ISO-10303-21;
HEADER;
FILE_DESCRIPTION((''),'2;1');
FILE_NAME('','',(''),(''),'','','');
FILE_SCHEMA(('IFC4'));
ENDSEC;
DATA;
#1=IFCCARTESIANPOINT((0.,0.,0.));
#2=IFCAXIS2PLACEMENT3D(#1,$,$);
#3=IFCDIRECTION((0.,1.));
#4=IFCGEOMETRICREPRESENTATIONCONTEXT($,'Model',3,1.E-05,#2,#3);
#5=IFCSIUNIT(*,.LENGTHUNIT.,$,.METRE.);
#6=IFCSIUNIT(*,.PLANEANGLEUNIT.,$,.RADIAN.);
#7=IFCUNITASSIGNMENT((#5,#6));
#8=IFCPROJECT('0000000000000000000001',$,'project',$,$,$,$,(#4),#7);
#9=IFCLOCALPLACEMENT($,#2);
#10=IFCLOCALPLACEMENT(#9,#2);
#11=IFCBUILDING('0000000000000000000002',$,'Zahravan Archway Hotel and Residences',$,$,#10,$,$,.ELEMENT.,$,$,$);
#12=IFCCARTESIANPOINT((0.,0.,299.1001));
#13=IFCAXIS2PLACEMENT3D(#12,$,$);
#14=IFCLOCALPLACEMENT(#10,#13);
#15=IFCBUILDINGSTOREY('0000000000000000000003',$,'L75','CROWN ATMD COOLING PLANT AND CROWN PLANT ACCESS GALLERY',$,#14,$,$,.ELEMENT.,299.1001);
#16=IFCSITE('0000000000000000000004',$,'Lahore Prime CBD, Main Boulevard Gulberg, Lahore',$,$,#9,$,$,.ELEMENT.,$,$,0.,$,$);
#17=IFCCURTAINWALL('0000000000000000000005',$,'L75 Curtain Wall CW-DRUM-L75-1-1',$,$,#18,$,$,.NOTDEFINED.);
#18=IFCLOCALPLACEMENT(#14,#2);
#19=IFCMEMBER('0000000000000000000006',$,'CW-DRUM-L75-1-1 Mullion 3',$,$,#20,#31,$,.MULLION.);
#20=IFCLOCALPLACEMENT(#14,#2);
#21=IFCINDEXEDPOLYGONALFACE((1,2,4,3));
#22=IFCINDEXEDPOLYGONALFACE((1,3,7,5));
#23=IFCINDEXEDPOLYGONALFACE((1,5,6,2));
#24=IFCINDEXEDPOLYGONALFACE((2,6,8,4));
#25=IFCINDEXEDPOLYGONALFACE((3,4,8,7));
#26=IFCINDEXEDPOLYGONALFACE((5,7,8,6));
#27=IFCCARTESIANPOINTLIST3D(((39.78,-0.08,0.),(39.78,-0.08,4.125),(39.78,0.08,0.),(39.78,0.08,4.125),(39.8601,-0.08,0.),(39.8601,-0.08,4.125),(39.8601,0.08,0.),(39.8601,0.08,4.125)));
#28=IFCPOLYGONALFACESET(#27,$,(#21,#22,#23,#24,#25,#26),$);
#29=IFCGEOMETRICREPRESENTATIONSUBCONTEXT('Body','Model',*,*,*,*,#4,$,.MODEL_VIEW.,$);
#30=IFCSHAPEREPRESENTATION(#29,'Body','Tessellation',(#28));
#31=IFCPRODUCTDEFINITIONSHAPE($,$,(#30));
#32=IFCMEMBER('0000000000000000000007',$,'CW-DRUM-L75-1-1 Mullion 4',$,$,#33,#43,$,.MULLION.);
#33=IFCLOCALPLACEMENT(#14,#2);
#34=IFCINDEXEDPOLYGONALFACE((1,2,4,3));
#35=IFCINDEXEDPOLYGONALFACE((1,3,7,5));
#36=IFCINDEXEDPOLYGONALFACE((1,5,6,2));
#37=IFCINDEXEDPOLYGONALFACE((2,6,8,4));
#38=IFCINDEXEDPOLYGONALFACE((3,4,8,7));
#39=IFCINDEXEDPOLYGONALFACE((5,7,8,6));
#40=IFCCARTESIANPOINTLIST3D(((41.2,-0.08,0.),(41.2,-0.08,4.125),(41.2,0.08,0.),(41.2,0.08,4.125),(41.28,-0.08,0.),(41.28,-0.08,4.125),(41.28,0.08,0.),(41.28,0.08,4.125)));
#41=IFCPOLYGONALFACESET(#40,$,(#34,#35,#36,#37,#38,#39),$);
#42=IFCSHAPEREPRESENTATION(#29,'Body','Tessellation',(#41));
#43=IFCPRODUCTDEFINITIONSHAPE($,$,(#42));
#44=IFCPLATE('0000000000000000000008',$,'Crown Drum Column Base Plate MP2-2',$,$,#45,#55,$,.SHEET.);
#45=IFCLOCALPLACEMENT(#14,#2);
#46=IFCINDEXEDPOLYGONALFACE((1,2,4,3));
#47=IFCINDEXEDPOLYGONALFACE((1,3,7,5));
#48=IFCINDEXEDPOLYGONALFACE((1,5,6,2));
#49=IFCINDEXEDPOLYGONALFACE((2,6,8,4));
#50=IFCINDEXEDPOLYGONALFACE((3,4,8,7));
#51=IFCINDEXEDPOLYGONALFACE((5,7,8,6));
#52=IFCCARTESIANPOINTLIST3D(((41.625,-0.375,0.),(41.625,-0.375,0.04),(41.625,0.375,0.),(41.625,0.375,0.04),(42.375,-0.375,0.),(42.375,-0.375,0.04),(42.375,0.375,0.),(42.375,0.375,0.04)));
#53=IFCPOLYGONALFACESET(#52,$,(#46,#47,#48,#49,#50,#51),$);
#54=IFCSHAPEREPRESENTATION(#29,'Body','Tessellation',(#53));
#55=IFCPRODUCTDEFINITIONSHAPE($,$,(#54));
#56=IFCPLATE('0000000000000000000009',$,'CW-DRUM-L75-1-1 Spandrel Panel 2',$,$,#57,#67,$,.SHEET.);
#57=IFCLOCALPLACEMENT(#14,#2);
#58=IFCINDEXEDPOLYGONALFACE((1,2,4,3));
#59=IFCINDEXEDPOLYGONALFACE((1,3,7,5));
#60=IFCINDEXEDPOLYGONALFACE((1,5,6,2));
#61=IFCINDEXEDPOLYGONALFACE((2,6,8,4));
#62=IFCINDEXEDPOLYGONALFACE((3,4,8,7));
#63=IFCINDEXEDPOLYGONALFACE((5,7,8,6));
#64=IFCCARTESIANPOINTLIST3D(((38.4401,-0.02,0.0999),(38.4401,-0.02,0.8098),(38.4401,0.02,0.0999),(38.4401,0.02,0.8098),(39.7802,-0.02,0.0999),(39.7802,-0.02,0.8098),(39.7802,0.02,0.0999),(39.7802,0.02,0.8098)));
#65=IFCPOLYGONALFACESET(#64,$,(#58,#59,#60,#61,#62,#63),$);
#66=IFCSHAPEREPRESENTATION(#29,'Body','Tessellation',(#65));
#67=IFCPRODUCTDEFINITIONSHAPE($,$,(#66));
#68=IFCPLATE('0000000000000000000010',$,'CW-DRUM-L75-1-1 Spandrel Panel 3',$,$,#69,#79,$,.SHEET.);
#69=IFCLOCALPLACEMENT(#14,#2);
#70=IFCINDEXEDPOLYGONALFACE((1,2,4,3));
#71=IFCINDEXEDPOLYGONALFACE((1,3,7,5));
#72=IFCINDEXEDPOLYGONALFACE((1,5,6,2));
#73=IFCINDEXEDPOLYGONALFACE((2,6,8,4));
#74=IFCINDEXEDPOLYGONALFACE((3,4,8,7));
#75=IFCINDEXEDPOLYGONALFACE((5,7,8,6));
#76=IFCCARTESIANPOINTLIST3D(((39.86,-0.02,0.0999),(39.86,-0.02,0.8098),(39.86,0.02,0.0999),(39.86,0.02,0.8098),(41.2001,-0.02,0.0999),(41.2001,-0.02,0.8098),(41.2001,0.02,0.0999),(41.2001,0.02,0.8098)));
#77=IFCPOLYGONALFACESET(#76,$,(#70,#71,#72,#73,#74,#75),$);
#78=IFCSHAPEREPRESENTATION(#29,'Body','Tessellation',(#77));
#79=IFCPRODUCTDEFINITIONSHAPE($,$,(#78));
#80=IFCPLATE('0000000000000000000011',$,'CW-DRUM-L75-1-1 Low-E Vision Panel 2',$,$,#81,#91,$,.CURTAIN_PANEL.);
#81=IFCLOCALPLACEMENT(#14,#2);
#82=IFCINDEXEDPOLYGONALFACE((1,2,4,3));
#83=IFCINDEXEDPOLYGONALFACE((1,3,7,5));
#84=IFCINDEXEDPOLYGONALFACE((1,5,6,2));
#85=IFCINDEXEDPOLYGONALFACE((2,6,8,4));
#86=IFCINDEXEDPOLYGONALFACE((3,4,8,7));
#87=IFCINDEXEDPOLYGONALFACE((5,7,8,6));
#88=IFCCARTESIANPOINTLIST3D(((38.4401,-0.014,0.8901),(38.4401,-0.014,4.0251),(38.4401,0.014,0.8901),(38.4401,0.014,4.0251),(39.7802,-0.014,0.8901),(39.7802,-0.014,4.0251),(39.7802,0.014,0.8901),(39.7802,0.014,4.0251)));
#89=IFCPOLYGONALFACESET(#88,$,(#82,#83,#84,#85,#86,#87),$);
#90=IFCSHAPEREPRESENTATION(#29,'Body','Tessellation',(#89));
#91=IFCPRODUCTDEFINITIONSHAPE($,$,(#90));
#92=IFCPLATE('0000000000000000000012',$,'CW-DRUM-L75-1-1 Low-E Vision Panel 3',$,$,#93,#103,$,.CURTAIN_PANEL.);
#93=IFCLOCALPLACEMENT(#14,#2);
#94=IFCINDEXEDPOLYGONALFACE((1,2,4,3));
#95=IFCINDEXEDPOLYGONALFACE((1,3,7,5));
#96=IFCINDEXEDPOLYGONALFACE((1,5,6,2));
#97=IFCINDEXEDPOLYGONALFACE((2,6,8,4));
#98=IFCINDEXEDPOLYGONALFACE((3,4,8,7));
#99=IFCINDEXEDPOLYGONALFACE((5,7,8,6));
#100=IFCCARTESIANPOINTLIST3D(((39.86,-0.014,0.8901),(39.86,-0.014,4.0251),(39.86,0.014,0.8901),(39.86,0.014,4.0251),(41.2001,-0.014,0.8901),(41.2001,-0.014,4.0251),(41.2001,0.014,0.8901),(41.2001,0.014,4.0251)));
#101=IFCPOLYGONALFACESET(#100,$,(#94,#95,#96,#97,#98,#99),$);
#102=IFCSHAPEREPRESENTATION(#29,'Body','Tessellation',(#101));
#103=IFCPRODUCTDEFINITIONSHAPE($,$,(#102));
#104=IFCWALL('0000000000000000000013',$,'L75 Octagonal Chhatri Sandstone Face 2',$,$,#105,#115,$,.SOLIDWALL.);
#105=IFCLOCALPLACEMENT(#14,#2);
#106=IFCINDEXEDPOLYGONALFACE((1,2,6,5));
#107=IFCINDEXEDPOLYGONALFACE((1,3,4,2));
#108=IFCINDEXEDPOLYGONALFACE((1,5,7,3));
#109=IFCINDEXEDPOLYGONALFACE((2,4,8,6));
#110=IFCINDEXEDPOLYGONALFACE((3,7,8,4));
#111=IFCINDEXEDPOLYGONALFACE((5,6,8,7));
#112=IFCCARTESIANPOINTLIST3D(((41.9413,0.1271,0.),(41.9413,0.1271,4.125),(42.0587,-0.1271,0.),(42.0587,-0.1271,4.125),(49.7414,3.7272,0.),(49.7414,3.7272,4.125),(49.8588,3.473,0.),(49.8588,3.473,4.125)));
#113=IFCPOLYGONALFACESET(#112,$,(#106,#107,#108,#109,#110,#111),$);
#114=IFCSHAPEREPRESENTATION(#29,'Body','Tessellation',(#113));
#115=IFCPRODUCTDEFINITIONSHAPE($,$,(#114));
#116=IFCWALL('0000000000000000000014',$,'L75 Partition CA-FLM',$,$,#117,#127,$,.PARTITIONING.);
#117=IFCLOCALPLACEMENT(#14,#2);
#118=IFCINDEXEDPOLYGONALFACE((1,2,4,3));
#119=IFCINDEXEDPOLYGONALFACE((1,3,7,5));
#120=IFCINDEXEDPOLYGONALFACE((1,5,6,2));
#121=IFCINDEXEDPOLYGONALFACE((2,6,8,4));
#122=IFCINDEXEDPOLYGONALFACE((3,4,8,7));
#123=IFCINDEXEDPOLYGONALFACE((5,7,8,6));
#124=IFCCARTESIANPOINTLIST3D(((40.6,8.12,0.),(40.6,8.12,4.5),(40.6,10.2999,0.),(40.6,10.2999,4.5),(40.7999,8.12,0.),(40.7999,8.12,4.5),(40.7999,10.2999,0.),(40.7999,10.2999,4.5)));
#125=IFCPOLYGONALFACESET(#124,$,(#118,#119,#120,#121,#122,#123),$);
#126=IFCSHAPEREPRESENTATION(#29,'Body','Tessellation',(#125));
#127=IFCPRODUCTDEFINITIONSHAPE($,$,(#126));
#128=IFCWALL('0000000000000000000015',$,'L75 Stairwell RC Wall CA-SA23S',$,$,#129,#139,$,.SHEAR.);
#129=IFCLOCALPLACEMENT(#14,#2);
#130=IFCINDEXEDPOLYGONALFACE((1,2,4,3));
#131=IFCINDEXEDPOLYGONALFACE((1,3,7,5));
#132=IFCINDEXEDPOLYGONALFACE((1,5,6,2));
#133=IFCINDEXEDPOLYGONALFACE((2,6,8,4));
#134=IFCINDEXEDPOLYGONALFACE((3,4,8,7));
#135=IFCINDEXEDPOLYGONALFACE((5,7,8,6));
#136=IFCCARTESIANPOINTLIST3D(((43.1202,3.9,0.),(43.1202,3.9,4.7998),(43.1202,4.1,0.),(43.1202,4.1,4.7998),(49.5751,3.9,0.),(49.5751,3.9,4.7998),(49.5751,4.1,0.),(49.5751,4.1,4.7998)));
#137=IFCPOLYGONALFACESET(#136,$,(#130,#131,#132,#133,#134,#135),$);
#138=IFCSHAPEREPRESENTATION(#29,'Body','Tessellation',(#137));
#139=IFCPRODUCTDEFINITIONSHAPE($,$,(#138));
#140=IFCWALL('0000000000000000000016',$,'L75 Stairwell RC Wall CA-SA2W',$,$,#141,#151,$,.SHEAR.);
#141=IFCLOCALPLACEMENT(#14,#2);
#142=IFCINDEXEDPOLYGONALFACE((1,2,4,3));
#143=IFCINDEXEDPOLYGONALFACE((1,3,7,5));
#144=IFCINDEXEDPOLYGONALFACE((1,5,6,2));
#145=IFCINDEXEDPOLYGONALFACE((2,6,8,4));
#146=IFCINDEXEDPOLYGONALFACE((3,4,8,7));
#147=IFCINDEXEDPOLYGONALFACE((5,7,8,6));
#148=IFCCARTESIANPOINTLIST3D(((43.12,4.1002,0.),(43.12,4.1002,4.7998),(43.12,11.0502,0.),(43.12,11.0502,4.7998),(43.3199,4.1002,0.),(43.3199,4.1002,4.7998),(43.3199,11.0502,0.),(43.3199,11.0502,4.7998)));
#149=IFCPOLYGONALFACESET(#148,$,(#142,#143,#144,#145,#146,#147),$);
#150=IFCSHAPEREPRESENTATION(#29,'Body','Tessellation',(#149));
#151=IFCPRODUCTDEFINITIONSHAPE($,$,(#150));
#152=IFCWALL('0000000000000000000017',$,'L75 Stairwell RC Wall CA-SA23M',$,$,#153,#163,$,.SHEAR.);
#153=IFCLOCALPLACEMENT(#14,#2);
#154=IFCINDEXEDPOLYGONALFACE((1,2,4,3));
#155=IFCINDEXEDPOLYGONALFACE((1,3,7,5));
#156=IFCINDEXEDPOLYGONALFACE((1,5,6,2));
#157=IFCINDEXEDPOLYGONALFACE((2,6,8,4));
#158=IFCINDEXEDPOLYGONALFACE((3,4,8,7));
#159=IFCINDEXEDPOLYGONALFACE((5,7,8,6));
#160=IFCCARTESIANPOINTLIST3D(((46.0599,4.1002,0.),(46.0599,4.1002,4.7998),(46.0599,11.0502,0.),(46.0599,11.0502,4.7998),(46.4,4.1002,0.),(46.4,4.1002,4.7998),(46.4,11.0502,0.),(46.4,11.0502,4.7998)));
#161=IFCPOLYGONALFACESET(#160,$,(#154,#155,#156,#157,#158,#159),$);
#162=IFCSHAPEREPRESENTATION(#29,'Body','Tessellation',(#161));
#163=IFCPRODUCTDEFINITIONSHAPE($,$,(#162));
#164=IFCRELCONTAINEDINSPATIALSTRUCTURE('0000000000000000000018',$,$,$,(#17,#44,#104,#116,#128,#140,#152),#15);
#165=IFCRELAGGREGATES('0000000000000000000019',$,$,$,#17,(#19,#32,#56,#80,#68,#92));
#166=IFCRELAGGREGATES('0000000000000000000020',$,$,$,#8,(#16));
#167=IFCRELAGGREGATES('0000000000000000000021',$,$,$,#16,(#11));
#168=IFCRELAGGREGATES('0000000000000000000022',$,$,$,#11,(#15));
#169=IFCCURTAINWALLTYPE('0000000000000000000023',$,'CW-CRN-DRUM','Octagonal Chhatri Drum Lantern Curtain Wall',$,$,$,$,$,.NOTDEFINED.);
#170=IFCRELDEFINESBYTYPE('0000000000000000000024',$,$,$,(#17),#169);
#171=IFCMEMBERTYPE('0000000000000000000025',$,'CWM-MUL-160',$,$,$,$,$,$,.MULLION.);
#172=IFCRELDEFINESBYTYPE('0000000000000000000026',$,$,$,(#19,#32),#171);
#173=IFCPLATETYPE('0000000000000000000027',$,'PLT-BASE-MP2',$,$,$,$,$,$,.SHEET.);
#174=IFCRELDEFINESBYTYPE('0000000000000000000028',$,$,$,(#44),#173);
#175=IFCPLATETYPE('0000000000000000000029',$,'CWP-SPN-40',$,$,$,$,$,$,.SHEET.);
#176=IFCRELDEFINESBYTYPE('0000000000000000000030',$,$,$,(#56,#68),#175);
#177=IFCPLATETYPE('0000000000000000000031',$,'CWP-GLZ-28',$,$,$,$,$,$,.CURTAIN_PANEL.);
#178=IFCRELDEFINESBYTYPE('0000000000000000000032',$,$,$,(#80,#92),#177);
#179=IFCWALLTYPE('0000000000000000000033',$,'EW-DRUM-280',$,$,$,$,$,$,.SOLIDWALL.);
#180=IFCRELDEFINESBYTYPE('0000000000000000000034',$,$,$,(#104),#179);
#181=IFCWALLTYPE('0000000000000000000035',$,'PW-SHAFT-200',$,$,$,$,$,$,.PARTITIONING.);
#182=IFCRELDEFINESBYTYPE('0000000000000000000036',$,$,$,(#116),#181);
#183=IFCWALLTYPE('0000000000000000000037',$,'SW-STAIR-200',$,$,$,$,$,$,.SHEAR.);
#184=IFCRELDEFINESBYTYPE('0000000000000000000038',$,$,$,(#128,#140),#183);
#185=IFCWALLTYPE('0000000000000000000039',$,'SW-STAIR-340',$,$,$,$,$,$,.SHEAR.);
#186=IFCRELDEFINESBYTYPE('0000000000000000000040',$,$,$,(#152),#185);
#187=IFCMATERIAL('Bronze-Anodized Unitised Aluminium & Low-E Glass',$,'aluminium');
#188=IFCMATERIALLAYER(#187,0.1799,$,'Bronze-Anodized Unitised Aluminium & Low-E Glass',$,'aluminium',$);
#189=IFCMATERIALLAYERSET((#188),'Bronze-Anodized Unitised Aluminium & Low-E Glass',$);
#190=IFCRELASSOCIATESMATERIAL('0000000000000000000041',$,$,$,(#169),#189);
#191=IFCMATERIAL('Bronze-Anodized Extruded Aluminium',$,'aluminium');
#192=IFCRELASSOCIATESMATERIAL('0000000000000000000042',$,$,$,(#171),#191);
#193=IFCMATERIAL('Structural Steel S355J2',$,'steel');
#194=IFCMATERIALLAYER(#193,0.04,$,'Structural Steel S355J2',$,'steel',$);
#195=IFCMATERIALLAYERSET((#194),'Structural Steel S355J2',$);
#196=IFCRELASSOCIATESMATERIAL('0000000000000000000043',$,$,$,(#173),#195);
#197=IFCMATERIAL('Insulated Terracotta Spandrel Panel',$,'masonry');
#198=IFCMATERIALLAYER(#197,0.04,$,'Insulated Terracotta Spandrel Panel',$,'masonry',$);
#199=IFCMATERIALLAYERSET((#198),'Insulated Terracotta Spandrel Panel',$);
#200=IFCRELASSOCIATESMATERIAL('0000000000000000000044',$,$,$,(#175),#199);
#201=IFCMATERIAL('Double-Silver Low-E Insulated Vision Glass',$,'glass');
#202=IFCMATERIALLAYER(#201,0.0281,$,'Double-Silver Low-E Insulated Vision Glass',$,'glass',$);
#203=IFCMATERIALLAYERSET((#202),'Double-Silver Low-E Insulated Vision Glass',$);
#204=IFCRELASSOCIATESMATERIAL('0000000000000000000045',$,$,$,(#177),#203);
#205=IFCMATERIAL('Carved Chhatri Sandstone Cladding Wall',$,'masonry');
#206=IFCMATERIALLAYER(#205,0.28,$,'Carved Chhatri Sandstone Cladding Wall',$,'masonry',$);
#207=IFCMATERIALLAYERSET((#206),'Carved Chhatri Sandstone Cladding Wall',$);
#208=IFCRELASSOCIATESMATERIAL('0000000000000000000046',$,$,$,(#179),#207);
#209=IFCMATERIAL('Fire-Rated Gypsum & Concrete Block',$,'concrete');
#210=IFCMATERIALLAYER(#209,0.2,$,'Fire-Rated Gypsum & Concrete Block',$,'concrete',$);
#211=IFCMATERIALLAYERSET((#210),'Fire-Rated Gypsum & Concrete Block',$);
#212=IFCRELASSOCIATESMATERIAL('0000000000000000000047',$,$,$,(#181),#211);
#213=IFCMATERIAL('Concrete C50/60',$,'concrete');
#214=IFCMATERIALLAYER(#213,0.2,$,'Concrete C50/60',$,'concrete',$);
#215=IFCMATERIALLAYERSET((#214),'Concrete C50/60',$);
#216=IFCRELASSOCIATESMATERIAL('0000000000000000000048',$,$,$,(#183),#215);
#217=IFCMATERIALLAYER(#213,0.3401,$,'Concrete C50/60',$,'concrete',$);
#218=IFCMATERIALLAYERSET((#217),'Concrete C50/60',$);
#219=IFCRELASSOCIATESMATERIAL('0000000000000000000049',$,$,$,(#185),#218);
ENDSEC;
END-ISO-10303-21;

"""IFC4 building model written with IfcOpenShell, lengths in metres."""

from ifc_helpers import new_model, si_unit, direction, frame, frame_2d, origin, origin_2d, place, context, subcontext, project, spatial, rectangle, extrude, source, transform, mapped, material, layer, layer_set, material_profile, profile_set, type_object, type_shapes, element, aggregate, save


model = new_model("IFC4")

# Units and contexts
model_context = context("Model", 3, precision=1e-05, world=origin(), true_north=direction((0.0, 1.0)))
body_context = subcontext(model_context, "Body", "Model", "MODEL_VIEW")
ifc_project = project(units=[si_unit("LENGTHUNIT", "METRE"), si_unit("PLANEANGLEUNIT", "RADIAN")], contexts=[model_context])

# Site, building, storey
site_placement = place(None, origin())
site = spatial("IfcSite", under=ifc_project, at=site_placement, Name="Lahore Prime CBD, Main Boulevard Gulberg, Lahore", CompositionType="ELEMENT", RefElevation=0.0)
building_placement = place(site_placement, origin())
building = spatial("IfcBuilding", under=site, at=building_placement, Name="Zahravan Archway Hotel and Residences", CompositionType="ELEMENT")
storey_placement = place(building_placement, frame((0.0, 0.0, 299.1001)))
storey = spatial("IfcBuildingStorey", under=building, at=storey_placement, Name="L75", Description="CROWN ATMD COOLING PLANT AND CROWN PLANT ACCESS GALLERY", CompositionType="ELEMENT", Elevation=299.1001)

# Shared definitions
ifc_material_1 = material(Name="Structural Steel S355J2", Category="steel")

# Curtain wall, members
ifc_material_2 = material(Name="Bronze-Anodized Unitised Aluminium & Low-E Glass", Category="aluminium")
ifc_layer_1 = layer(ifc_material_2, 0.1799, Name="Bronze-Anodized Unitised Aluminium & Low-E Glass", Category="aluminium")
ifc_layer_set_1 = layer_set([ifc_layer_1], Name="Bronze-Anodized Unitised Aluminium & Low-E Glass")
curtain_wall_type = type_object("IfcCurtainWallType", Name="CW-CRN-DRUM", Description="Octagonal Chhatri Drum Lantern Curtain Wall", PredefinedType="NOTDEFINED", material=ifc_layer_set_1)
curtain_wall_placement = place(storey_placement, origin())
curtain_wall = element("IfcCurtainWall", 1, at=curtain_wall_placement, inside=storey, type_object=curtain_wall_type, Name="L75 Curtain Wall CW-DRUM-L75-1-1", PredefinedType="NOTDEFINED")
ifc_material_3 = material(Name="Bronze-Anodized Extruded Aluminium", Category="aluminium")
ifc_material_profile_1 = material_profile(ifc_material_3, rectangle(XDim=0.0801, YDim=0.1599, at=origin_2d()), Name="MUL 80x160", Category="aluminium")
ifc_profile_set_1 = profile_set([ifc_material_profile_1], Name="Bronze-Anodized Extruded Aluminium")
member_type_1 = type_object("IfcMemberType", Name="CWM-MUL-160", PredefinedType="MULLION", material=ifc_profile_set_1)
shared_shape_1 = source(origin(), body_context, "Body", "SweptSolid", [
    extrude(rectangle(XDim=0.0801, YDim=0.1599, at=origin_2d()), origin(), (0.0, 0.0, 1.0), 4.125),
])
member_1_placement = place(storey_placement, frame((39.8201, 0.0, 0.0), z_axis=(0.0, 0.0, 1.0), x_axis=(1.0, 0.0, 0.0)))
member_1 = element("IfcMember", 2, at=member_1_placement, type_object=member_type_1, Name="CW-DRUM-L75-1-1 Mullion 3", PredefinedType="MULLION", context=body_context, shape_type="MappedRepresentation", body=[
    mapped(shared_shape_1, transform((0.0, 0.0, 0.0), scale=1.0)),
])
member_2_placement = place(storey_placement, frame((41.24, 0.0, 0.0), z_axis=(0.0, 0.0, 1.0), x_axis=(1.0, 0.0, 0.0)))
member_2 = element("IfcMember", 3, at=member_2_placement, type_object=member_type_1, Name="CW-DRUM-L75-1-1 Mullion 4", PredefinedType="MULLION", context=body_context, shape_type="MappedRepresentation", body=[
    mapped(shared_shape_1, transform((0.0, 0.0, 0.0), scale=1.0)),
])

# Plates
ifc_layer_2 = layer(ifc_material_1, 0.04, Name="Structural Steel S355J2", Category="steel")
ifc_layer_set_2 = layer_set([ifc_layer_2], Name="Structural Steel S355J2")
plate_type_1 = type_object("IfcPlateType", Name="PLT-BASE-MP2", PredefinedType="SHEET", material=ifc_layer_set_2)
shared_shape_2 = source(origin(), body_context, "Body", "SweptSolid", [
    extrude(rectangle(XDim=0.75, YDim=0.75, at=origin_2d()), origin(), (0.0, 0.0, 1.0), 0.04),
])
type_shapes(plate_type_1, [shared_shape_2])
plate_1_placement = place(storey_placement, frame((42.0, 0.0, 0.0), z_axis=(0.0, 0.0, 1.0), x_axis=(1.0, 0.0, 0.0)))
element("IfcPlate", 4, at=plate_1_placement, inside=storey, type_object=plate_type_1, Name="Crown Drum Column Base Plate MP2-2", PredefinedType="SHEET", context=body_context, shape_type="MappedRepresentation", body=[
    mapped(shared_shape_2, transform((0.0, 0.0, 0.0), scale=1.0)),
])
ifc_material_4 = material(Name="Insulated Terracotta Spandrel Panel", Category="masonry")
ifc_layer_3 = layer(ifc_material_4, 0.04, Name="Insulated Terracotta Spandrel Panel", Category="masonry")
ifc_layer_set_3 = layer_set([ifc_layer_3], Name="Insulated Terracotta Spandrel Panel")
plate_type_2 = type_object("IfcPlateType", Name="CWP-SPN-40", PredefinedType="SHEET", material=ifc_layer_set_3)
shared_shape_3 = source(origin(), body_context, "Body", "SweptSolid", [
    extrude(rectangle(XDim=1.3401, YDim=0.04, at=origin_2d()), origin(), (0.0, 0.0, 1.0), 0.71),
])
plate_2_placement = place(storey_placement, frame((39.1101, 0.0, 0.0999), z_axis=(0.0, 0.0, 1.0), x_axis=(1.0, 0.0, 0.0)))
plate_2 = element("IfcPlate", 5, at=plate_2_placement, type_object=plate_type_2, Name="CW-DRUM-L75-1-1 Spandrel Panel 2", PredefinedType="SHEET", context=body_context, shape_type="MappedRepresentation", body=[
    mapped(shared_shape_3, transform((0.0, 0.0, 0.0), scale=1.0)),
])
plate_3_placement = place(storey_placement, frame((40.53, 0.0, 0.0999), z_axis=(0.0, 0.0, 1.0), x_axis=(1.0, 0.0, 0.0)))
plate_3 = element("IfcPlate", 6, at=plate_3_placement, type_object=plate_type_2, Name="CW-DRUM-L75-1-1 Spandrel Panel 3", PredefinedType="SHEET", context=body_context, shape_type="MappedRepresentation", body=[
    mapped(shared_shape_3, transform((0.0, 0.0, 0.0), scale=1.0)),
])
ifc_material_5 = material(Name="Double-Silver Low-E Insulated Vision Glass", Category="glass")
ifc_layer_4 = layer(ifc_material_5, 0.0281, Name="Double-Silver Low-E Insulated Vision Glass", Category="glass")
ifc_layer_set_4 = layer_set([ifc_layer_4], Name="Double-Silver Low-E Insulated Vision Glass")
plate_type_3 = type_object("IfcPlateType", Name="CWP-GLZ-28", PredefinedType="CURTAIN_PANEL", material=ifc_layer_set_4)
shared_shape_4 = source(origin(), body_context, "Body", "SweptSolid", [
    extrude(rectangle(XDim=1.3401, YDim=0.0281, at=origin_2d()), origin(), (0.0, 0.0, 1.0), 3.135),
])
plate_4_placement = place(storey_placement, frame((39.1101, 0.0, 0.8901), z_axis=(0.0, 0.0, 1.0), x_axis=(1.0, 0.0, 0.0)))
plate_4 = element("IfcPlate", 7, at=plate_4_placement, type_object=plate_type_3, Name="CW-DRUM-L75-1-1 Low-E Vision Panel 2", PredefinedType="CURTAIN_PANEL", context=body_context, shape_type="MappedRepresentation", body=[
    mapped(shared_shape_4, transform((0.0, 0.0, 0.0), scale=1.0)),
])
plate_5_placement = place(storey_placement, frame((40.53, 0.0, 0.8901), z_axis=(0.0, 0.0, 1.0), x_axis=(1.0, 0.0, 0.0)))
plate_5 = element("IfcPlate", 8, at=plate_5_placement, type_object=plate_type_3, Name="CW-DRUM-L75-1-1 Low-E Vision Panel 3", PredefinedType="CURTAIN_PANEL", context=body_context, shape_type="MappedRepresentation", body=[
    mapped(shared_shape_4, transform((0.0, 0.0, 0.0), scale=1.0)),
])
aggregate(curtain_wall, [member_1, member_2, plate_2, plate_4, plate_3, plate_5])

# Walls
ifc_material_6 = material(Name="Carved Chhatri Sandstone Cladding Wall", Category="masonry")
ifc_layer_5 = layer(ifc_material_6, 0.28, Name="Carved Chhatri Sandstone Cladding Wall", Category="masonry")
ifc_layer_set_5 = layer_set([ifc_layer_5], Name="Carved Chhatri Sandstone Cladding Wall")
wall_type_1 = type_object("IfcWallType", Name="EW-DRUM-280", PredefinedType="SOLIDWALL", material=ifc_layer_set_5)
wall_1_placement = place(storey_placement, frame((42.0, 0.0, 0.0), z_axis=(0.0, 0.0, 1.0), x_axis=(0.907956, 0.419065, 0.0)))
element("IfcWall", 9, at=wall_1_placement, inside=storey, type_object=wall_type_1, Name="L75 Octagonal Chhatri Sandstone Face 2", PredefinedType="SOLIDWALL", context=body_context, shape_type="SweptSolid", body=[
    extrude(rectangle(XDim=8.5908, YDim=0.28, at=frame_2d((4.2954, 0.0))), origin(), (0.0, 0.0, 1.0), 4.125),
])
ifc_material_7 = material(Name="Fire-Rated Gypsum & Concrete Block", Category="concrete")
ifc_layer_6 = layer(ifc_material_7, 0.2, Name="Fire-Rated Gypsum & Concrete Block", Category="concrete")
ifc_layer_set_6 = layer_set([ifc_layer_6], Name="Fire-Rated Gypsum & Concrete Block")
wall_type_2 = type_object("IfcWallType", Name="PW-SHAFT-200", PredefinedType="PARTITIONING", material=ifc_layer_set_6)
wall_2_placement = place(storey_placement, frame((40.7, 8.1201, 0.0), z_axis=(0.0, 0.0, 1.0), x_axis=(0.0, 1.0, 0.0)))
element("IfcWall", 10, at=wall_2_placement, inside=storey, type_object=wall_type_2, Name="L75 Partition CA-FLM", PredefinedType="PARTITIONING", context=body_context, shape_type="SweptSolid", body=[
    extrude(rectangle(XDim=2.1799, YDim=0.2, at=frame_2d((1.0898, 0.0))), origin(), (0.0, 0.0, 1.0), 4.5),
])
ifc_material_8 = material(Name="Concrete C50/60", Category="concrete")
ifc_layer_7 = layer(ifc_material_8, 0.2, Name="Concrete C50/60", Category="concrete")
ifc_layer_set_7 = layer_set([ifc_layer_7], Name="Concrete C50/60")
wall_type_3 = type_object("IfcWallType", Name="SW-STAIR-200", PredefinedType="SHEAR", material=ifc_layer_set_7)
wall_3_placement = place(storey_placement, frame((43.1201, 4.0, 0.0), z_axis=(0.0, 0.0, 1.0), x_axis=(1.0, 0.0, 0.0)))
element("IfcWall", 11, at=wall_3_placement, inside=storey, type_object=wall_type_3, Name="L75 Stairwell RC Wall CA-SA23S", PredefinedType="SHEAR", context=body_context, shape_type="SweptSolid", body=[
    extrude(rectangle(XDim=6.4548, YDim=0.2, at=frame_2d((3.2275, 0.0))), origin(), (0.0, 0.0, 1.0), 4.7998),
])
wall_4_placement = place(storey_placement, frame((43.22, 4.1001, 0.0), z_axis=(0.0, 0.0, 1.0), x_axis=(0.0, 1.0, 0.0)))
element("IfcWall", 12, at=wall_4_placement, inside=storey, type_object=wall_type_3, Name="L75 Stairwell RC Wall CA-SA2W", PredefinedType="SHEAR", context=body_context, shape_type="SweptSolid", body=[
    extrude(rectangle(XDim=6.95, YDim=0.2, at=frame_2d((3.4751, 0.0))), origin(), (0.0, 0.0, 1.0), 4.7998),
])
ifc_layer_8 = layer(ifc_material_8, 0.3401, Name="Concrete C50/60", Category="concrete")
ifc_layer_set_8 = layer_set([ifc_layer_8], Name="Concrete C50/60")
wall_type_4 = type_object("IfcWallType", Name="SW-STAIR-340", PredefinedType="SHEAR", material=ifc_layer_set_8)
wall_5_placement = place(storey_placement, frame((46.23, 4.1001, 0.0), z_axis=(0.0, 0.0, 1.0), x_axis=(0.0, 1.0, 0.0)))
element("IfcWall", 13, at=wall_5_placement, inside=storey, type_object=wall_type_4, Name="L75 Stairwell RC Wall CA-SA23M", PredefinedType="SHEAR", context=body_context, shape_type="SweptSolid", body=[
    extrude(rectangle(XDim=6.95, YDim=0.3401, at=frame_2d((3.4751, 0.0))), origin(), (0.0, 0.0, 1.0), 4.7998),
])

save(model, "model.ifc")
